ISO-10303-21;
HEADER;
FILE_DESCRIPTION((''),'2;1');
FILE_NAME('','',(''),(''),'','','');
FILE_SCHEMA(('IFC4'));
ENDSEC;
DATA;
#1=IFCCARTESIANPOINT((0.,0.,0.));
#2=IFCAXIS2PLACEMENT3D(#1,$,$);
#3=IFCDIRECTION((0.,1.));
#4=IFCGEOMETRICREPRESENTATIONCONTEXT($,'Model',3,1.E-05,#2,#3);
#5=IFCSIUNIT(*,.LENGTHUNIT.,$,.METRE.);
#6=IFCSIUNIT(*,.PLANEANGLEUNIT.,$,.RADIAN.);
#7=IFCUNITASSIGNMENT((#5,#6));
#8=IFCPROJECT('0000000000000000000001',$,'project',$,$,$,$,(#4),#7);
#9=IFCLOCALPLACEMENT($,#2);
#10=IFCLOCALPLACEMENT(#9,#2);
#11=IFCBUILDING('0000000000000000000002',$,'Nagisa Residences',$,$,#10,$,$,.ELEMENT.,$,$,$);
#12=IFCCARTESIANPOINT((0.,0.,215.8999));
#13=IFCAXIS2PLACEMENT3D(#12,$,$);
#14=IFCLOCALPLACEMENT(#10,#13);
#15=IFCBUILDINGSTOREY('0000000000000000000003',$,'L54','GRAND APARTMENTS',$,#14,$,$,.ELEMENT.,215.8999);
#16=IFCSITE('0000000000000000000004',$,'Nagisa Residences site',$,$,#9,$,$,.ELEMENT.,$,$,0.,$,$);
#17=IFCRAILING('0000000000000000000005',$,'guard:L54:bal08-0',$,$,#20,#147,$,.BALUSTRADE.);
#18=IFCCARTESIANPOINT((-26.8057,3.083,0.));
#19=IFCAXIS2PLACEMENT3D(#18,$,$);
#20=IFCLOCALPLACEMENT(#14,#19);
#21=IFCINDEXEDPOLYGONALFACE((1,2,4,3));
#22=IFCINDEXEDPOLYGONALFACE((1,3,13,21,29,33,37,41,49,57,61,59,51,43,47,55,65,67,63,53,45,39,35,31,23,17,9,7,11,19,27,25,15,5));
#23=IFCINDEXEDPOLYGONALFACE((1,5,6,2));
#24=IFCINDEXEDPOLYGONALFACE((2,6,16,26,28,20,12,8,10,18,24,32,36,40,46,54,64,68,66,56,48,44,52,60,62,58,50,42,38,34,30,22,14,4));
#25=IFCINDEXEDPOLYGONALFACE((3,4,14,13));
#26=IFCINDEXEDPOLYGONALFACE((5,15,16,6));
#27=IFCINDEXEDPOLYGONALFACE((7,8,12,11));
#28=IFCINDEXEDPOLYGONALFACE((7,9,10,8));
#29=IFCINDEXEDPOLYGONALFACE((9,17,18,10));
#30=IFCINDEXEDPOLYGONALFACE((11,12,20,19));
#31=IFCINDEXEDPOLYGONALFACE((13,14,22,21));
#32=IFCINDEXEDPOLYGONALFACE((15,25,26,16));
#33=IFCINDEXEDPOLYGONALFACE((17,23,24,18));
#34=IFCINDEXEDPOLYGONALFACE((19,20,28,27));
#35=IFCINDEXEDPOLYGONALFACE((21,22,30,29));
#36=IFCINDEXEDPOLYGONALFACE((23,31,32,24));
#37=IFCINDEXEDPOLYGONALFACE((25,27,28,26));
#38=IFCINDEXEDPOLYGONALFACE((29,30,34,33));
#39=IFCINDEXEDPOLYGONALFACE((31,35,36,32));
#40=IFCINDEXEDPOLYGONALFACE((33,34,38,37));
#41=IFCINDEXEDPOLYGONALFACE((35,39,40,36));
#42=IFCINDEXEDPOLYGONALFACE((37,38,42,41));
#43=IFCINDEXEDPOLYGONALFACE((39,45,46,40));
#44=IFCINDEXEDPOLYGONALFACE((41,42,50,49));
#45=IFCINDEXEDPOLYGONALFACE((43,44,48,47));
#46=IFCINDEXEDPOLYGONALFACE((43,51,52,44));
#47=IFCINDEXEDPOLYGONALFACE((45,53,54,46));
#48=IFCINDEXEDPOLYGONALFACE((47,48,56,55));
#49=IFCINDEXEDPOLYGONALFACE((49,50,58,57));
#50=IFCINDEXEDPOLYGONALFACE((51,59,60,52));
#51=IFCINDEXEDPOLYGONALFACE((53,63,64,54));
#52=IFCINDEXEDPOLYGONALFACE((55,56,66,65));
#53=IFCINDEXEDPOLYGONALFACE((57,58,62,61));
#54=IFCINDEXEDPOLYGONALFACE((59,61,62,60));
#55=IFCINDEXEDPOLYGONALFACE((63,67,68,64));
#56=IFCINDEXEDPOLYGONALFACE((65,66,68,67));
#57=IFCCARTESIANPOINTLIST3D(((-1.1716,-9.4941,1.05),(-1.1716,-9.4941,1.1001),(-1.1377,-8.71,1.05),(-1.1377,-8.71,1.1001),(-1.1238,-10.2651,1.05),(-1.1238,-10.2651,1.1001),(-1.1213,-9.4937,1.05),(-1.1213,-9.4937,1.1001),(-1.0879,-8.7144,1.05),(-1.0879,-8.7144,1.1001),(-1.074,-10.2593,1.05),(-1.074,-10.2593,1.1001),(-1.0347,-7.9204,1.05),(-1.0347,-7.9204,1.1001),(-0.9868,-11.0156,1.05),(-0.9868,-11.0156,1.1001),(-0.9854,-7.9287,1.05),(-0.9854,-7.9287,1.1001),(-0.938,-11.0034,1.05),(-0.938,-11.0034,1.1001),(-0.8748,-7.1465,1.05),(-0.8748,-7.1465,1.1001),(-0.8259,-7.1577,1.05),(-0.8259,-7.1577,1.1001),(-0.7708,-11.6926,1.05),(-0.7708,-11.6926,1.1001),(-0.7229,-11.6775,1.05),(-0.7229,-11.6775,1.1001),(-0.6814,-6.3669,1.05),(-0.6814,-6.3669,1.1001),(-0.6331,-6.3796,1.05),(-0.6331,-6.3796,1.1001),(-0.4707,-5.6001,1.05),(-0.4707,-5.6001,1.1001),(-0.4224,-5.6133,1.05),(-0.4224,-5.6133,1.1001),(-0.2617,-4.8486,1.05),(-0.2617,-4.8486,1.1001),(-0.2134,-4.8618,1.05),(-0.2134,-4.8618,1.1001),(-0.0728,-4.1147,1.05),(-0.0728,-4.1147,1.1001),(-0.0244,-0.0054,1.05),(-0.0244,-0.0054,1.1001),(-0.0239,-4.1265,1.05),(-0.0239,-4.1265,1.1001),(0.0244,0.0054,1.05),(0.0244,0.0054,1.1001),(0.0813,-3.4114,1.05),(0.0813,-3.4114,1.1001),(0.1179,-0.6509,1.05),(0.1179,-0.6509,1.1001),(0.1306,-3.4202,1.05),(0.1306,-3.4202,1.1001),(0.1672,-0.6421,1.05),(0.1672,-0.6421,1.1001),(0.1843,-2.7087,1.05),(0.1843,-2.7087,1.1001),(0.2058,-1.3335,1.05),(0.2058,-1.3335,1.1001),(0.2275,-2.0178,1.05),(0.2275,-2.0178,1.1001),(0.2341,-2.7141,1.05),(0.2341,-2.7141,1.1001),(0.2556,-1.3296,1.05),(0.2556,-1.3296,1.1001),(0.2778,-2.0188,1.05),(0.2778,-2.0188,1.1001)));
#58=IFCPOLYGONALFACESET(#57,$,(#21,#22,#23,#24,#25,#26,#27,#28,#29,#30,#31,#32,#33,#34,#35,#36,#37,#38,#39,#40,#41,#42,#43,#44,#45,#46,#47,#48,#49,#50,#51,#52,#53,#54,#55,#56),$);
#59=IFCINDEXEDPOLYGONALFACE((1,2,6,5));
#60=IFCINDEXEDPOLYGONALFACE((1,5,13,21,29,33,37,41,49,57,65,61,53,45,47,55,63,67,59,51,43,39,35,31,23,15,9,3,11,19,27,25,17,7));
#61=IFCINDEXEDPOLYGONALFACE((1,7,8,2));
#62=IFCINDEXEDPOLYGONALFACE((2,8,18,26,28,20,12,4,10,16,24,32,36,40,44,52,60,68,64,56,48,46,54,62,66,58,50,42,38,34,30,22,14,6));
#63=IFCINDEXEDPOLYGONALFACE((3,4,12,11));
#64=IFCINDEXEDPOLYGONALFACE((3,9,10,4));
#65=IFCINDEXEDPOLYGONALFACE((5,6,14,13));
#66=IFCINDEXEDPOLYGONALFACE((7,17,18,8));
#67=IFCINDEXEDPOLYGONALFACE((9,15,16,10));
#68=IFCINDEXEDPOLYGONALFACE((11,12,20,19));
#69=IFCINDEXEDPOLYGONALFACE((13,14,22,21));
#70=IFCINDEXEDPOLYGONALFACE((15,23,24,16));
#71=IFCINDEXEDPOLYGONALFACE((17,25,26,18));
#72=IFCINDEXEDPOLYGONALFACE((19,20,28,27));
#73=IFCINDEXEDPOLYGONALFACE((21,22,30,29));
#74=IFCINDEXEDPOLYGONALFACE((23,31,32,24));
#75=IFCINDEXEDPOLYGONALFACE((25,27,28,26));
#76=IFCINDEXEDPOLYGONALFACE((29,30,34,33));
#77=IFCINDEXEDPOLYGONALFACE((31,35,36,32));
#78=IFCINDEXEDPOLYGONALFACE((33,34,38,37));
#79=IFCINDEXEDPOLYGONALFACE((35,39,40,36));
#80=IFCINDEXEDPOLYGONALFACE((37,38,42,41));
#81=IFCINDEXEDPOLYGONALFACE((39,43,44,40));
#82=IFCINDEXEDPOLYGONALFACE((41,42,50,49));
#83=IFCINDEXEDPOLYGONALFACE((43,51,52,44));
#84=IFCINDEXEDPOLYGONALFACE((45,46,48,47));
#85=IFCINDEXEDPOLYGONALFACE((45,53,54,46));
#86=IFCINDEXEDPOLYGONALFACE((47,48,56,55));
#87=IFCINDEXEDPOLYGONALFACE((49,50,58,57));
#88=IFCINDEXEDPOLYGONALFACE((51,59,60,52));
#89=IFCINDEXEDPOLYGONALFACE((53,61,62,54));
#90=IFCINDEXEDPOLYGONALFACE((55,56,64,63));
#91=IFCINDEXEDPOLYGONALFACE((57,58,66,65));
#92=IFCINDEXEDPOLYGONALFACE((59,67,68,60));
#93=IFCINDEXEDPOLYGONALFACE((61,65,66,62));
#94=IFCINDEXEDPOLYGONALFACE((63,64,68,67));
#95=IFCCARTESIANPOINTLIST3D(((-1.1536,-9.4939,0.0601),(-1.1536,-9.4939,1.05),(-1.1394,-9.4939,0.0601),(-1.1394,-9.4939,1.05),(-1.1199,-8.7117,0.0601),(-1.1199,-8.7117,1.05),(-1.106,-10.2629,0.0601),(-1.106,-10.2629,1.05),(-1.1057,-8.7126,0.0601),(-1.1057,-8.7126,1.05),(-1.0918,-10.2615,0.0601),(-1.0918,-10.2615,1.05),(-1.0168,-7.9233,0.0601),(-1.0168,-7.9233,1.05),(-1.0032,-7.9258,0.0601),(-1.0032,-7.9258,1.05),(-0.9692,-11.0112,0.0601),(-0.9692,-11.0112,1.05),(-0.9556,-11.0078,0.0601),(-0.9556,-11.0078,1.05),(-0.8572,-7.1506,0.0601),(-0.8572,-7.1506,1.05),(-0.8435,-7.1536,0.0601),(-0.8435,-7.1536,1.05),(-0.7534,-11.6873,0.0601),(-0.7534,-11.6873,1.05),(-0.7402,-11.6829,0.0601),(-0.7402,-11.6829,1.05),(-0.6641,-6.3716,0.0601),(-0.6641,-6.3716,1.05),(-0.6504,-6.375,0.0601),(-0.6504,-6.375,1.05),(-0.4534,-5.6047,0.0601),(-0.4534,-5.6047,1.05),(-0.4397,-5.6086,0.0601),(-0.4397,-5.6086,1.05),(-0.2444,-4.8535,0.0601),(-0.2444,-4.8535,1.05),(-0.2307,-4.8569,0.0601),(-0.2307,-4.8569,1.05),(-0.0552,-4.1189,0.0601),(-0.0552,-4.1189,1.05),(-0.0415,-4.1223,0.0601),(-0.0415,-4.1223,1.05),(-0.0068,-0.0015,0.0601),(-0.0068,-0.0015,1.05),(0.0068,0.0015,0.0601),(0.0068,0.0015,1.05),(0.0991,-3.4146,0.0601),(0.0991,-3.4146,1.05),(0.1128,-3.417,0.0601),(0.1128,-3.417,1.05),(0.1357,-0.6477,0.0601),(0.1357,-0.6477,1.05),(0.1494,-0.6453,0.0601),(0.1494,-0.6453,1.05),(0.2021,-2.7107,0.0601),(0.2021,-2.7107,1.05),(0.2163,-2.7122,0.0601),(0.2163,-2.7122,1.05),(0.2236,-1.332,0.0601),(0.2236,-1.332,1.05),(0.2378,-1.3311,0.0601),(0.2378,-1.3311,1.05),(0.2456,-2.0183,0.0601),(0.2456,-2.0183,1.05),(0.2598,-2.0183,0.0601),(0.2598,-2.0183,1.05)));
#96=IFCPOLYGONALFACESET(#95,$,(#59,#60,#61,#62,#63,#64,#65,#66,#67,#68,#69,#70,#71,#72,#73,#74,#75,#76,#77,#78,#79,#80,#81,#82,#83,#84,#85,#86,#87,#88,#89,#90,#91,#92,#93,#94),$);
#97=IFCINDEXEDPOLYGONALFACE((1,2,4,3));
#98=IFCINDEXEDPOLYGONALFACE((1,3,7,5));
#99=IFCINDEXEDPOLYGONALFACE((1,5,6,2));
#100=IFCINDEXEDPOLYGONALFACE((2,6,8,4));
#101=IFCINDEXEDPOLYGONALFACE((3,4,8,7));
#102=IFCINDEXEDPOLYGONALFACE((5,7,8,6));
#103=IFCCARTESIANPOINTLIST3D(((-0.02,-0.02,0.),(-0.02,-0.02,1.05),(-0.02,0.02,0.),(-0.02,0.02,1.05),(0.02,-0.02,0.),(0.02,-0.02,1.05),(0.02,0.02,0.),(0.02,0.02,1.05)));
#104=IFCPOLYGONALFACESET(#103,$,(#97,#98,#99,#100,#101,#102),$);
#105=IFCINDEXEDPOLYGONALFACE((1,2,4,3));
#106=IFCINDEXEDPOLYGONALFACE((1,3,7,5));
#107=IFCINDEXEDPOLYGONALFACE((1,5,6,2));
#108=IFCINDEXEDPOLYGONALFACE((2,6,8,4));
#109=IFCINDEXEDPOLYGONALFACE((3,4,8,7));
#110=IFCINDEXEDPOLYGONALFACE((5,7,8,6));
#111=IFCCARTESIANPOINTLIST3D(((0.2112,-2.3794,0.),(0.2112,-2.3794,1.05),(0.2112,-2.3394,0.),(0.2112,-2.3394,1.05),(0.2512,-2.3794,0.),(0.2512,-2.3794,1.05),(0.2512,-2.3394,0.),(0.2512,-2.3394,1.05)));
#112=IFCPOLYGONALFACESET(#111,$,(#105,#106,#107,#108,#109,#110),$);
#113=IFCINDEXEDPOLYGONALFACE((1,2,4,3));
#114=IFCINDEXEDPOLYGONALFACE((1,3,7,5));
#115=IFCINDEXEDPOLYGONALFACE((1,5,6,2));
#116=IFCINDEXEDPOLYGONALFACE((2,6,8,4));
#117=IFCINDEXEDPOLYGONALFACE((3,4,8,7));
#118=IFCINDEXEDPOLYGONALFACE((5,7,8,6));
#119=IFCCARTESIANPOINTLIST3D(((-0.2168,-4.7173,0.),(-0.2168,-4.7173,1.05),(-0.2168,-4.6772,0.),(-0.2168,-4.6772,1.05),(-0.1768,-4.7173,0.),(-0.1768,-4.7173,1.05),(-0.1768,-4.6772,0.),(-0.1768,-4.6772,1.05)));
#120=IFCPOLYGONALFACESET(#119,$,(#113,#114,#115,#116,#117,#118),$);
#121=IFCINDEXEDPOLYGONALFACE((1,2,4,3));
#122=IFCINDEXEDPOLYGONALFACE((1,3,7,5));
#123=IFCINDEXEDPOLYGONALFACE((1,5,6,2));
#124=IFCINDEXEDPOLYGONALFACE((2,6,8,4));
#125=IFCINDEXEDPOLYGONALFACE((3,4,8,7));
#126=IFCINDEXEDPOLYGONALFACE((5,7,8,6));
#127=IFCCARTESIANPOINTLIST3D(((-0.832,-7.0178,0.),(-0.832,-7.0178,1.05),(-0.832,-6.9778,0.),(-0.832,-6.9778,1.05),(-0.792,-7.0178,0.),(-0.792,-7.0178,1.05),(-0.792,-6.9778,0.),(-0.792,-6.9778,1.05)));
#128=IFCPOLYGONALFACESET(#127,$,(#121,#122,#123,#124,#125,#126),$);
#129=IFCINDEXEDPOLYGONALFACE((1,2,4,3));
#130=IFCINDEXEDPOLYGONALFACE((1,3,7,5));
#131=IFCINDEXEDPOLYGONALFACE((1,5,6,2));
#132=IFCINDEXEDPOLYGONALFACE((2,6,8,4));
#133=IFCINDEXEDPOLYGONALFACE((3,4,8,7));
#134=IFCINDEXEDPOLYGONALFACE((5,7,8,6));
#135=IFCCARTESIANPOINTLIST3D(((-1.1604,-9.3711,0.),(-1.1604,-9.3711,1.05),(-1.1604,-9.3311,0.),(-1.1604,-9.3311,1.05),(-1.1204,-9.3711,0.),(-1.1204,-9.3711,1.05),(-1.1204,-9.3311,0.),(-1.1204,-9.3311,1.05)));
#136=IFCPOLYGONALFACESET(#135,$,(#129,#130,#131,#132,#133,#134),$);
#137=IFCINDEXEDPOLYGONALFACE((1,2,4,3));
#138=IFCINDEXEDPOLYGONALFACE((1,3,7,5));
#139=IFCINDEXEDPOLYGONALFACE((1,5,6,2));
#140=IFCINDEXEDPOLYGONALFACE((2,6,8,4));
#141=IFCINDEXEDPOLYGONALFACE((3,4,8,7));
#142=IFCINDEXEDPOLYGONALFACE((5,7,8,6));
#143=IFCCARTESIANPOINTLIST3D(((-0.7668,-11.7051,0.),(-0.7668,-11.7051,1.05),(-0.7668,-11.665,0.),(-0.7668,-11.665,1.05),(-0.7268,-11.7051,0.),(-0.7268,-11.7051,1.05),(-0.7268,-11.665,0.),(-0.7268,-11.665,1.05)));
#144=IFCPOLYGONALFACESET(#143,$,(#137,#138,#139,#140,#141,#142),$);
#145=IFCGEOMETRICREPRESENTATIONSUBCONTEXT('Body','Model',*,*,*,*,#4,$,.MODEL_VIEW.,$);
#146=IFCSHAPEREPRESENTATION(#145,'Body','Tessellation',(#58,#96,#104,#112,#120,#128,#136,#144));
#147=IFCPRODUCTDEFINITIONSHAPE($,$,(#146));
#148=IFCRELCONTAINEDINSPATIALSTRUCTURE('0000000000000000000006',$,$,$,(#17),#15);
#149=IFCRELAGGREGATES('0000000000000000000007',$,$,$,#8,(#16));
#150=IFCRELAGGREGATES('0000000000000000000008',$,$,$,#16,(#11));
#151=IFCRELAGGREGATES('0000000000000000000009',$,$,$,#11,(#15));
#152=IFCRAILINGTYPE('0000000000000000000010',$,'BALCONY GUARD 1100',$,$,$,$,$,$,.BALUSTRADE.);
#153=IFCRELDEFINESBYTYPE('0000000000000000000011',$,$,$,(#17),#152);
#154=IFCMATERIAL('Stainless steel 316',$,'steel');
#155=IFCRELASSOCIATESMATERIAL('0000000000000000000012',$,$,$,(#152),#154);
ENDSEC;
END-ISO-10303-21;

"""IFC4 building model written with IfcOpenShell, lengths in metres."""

from ifc_helpers import new_model, si_unit, direction, frame, origin, origin_2d, place, context, subcontext, project, spatial, polyline, rectangle, outline, extrude, material, type_object, element, save


model = new_model("IFC4")

# Units and contexts
model_context = context("Model", 3, precision=1e-05, world=origin(), true_north=direction((0.0, 1.0)))
body_context = subcontext(model_context, "Body", "Model", "MODEL_VIEW")
ifc_project = project(units=[si_unit("LENGTHUNIT", "METRE"), si_unit("PLANEANGLEUNIT", "RADIAN")], contexts=[model_context])

# Site, building, storey
site_placement = place(None, origin())
site = spatial("IfcSite", under=ifc_project, at=site_placement, Name="Nagisa Residences site", CompositionType="ELEMENT", RefElevation=0.0)
building_placement = place(site_placement, origin())
building = spatial("IfcBuilding", under=site, at=building_placement, Name="Nagisa Residences", CompositionType="ELEMENT")
storey_placement = place(building_placement, frame((0.0, 0.0, 215.8999)))
storey = spatial("IfcBuildingStorey", under=building, at=storey_placement, Name="L54", Description="GRAND APARTMENTS", CompositionType="ELEMENT", Elevation=215.8999)

# Railing
ifc_material_1 = material(Name="Stainless steel 316", Category="steel")
railing_type = type_object("IfcRailingType", Name="BALCONY GUARD 1100", PredefinedType="BALUSTRADE", material=ifc_material_1)
railing_1_placement = place(storey_placement, frame((-26.8057, 3.083, 0.0)))
element("IfcRailing", 1, at=railing_1_placement, inside=storey, type_object=railing_type, Name="guard:L54:bal08-0", PredefinedType="BALUSTRADE", context=body_context, shape_type="SweptSolid", body=[
    extrude(outline(polyline([(0.1672, -0.6421), (0.0244, 0.0054), (-0.0244, -0.0054), (0.1179, -0.6509), (0.2058, -1.3335), (0.2275, -2.0178), (0.1843, -2.7087), (0.0813, -3.4114), (-0.0728, -4.1147), (-0.2617, -4.8486), (-0.4707, -5.6001), (-0.6814, -6.3669), (-0.8748, -7.1465), (-1.0347, -7.9204), (-1.1377, -8.71), (-1.1716, -9.4941), (-1.1238, -10.2651), (-0.9868, -11.0156), (-0.7708, -11.6926), (-0.7229, -11.6775), (-0.938, -11.0034), (-1.074, -10.2593), (-1.1213, -9.4937), (-1.0879, -8.7144), (-0.9854, -7.9287), (-0.8259, -7.1577), (-0.6331, -6.3796), (-0.4224, -5.6133), (-0.2134, -4.8618), (-0.0239, -4.1265), (0.1306, -3.4202), (0.2341, -2.7141), (0.2778, -2.0188), (0.2556, -1.3296), (0.1672, -0.6421)])), frame((0.0, 0.0, 1.05)), (0.0, 0.0, 1.0), 0.05),
    extrude(outline(polyline([(0.1494, -0.6453), (0.0068, 0.0015), (-0.0068, -0.0015), (0.1357, -0.6477), (0.2236, -1.332), (0.2456, -2.0183), (0.2021, -2.7107), (0.0991, -3.4146), (-0.0552, -4.1189), (-0.2444, -4.8535), (-0.4534, -5.6047), (-0.6641, -6.3716), (-0.8572, -7.1506), (-1.0168, -7.9233), (-1.1199, -8.7117), (-1.1536, -9.4939), (-1.106, -10.2629), (-0.9692, -11.0112), (-0.7534, -11.6873), (-0.7402, -11.6829), (-0.9556, -11.0078), (-1.0918, -10.2615), (-1.1394, -9.4939), (-1.1057, -8.7126), (-1.0032, -7.9258), (-0.8435, -7.1536), (-0.6504, -6.375), (-0.4397, -5.6086), (-0.2307, -4.8569), (-0.0415, -4.1223), (0.1128, -3.417), (0.2163, -2.7122), (0.2598, -2.0183), (0.2378, -1.3311), (0.1494, -0.6453)])), frame((0.0, 0.0, 0.0601)), (0.0, 0.0, 1.0), 0.99),
    extrude(rectangle(XDim=0.04, YDim=0.04, at=origin_2d()), origin(), (0.0, 0.0, 1.0), 1.05),
    extrude(rectangle(XDim=0.04, YDim=0.04, at=origin_2d()), frame((0.2312, -2.3594, 0.0)), (0.0, 0.0, 1.0), 1.05),
    extrude(rectangle(XDim=0.04, YDim=0.04, at=origin_2d()), frame((-0.1968, -4.6973, 0.0)), (0.0, 0.0, 1.0), 1.05),
    extrude(rectangle(XDim=0.04, YDim=0.04, at=origin_2d()), frame((-0.812, -6.9978, 0.0)), (0.0, 0.0, 1.0), 1.05),
    extrude(rectangle(XDim=0.04, YDim=0.04, at=origin_2d()), frame((-1.1404, -9.3511, 0.0)), (0.0, 0.0, 1.0), 1.05),
    extrude(rectangle(XDim=0.04, YDim=0.04, at=origin_2d()), frame((-0.7468, -11.6851, 0.0)), (0.0, 0.0, 1.0), 1.05),
])

save(model, "model.ifc")
